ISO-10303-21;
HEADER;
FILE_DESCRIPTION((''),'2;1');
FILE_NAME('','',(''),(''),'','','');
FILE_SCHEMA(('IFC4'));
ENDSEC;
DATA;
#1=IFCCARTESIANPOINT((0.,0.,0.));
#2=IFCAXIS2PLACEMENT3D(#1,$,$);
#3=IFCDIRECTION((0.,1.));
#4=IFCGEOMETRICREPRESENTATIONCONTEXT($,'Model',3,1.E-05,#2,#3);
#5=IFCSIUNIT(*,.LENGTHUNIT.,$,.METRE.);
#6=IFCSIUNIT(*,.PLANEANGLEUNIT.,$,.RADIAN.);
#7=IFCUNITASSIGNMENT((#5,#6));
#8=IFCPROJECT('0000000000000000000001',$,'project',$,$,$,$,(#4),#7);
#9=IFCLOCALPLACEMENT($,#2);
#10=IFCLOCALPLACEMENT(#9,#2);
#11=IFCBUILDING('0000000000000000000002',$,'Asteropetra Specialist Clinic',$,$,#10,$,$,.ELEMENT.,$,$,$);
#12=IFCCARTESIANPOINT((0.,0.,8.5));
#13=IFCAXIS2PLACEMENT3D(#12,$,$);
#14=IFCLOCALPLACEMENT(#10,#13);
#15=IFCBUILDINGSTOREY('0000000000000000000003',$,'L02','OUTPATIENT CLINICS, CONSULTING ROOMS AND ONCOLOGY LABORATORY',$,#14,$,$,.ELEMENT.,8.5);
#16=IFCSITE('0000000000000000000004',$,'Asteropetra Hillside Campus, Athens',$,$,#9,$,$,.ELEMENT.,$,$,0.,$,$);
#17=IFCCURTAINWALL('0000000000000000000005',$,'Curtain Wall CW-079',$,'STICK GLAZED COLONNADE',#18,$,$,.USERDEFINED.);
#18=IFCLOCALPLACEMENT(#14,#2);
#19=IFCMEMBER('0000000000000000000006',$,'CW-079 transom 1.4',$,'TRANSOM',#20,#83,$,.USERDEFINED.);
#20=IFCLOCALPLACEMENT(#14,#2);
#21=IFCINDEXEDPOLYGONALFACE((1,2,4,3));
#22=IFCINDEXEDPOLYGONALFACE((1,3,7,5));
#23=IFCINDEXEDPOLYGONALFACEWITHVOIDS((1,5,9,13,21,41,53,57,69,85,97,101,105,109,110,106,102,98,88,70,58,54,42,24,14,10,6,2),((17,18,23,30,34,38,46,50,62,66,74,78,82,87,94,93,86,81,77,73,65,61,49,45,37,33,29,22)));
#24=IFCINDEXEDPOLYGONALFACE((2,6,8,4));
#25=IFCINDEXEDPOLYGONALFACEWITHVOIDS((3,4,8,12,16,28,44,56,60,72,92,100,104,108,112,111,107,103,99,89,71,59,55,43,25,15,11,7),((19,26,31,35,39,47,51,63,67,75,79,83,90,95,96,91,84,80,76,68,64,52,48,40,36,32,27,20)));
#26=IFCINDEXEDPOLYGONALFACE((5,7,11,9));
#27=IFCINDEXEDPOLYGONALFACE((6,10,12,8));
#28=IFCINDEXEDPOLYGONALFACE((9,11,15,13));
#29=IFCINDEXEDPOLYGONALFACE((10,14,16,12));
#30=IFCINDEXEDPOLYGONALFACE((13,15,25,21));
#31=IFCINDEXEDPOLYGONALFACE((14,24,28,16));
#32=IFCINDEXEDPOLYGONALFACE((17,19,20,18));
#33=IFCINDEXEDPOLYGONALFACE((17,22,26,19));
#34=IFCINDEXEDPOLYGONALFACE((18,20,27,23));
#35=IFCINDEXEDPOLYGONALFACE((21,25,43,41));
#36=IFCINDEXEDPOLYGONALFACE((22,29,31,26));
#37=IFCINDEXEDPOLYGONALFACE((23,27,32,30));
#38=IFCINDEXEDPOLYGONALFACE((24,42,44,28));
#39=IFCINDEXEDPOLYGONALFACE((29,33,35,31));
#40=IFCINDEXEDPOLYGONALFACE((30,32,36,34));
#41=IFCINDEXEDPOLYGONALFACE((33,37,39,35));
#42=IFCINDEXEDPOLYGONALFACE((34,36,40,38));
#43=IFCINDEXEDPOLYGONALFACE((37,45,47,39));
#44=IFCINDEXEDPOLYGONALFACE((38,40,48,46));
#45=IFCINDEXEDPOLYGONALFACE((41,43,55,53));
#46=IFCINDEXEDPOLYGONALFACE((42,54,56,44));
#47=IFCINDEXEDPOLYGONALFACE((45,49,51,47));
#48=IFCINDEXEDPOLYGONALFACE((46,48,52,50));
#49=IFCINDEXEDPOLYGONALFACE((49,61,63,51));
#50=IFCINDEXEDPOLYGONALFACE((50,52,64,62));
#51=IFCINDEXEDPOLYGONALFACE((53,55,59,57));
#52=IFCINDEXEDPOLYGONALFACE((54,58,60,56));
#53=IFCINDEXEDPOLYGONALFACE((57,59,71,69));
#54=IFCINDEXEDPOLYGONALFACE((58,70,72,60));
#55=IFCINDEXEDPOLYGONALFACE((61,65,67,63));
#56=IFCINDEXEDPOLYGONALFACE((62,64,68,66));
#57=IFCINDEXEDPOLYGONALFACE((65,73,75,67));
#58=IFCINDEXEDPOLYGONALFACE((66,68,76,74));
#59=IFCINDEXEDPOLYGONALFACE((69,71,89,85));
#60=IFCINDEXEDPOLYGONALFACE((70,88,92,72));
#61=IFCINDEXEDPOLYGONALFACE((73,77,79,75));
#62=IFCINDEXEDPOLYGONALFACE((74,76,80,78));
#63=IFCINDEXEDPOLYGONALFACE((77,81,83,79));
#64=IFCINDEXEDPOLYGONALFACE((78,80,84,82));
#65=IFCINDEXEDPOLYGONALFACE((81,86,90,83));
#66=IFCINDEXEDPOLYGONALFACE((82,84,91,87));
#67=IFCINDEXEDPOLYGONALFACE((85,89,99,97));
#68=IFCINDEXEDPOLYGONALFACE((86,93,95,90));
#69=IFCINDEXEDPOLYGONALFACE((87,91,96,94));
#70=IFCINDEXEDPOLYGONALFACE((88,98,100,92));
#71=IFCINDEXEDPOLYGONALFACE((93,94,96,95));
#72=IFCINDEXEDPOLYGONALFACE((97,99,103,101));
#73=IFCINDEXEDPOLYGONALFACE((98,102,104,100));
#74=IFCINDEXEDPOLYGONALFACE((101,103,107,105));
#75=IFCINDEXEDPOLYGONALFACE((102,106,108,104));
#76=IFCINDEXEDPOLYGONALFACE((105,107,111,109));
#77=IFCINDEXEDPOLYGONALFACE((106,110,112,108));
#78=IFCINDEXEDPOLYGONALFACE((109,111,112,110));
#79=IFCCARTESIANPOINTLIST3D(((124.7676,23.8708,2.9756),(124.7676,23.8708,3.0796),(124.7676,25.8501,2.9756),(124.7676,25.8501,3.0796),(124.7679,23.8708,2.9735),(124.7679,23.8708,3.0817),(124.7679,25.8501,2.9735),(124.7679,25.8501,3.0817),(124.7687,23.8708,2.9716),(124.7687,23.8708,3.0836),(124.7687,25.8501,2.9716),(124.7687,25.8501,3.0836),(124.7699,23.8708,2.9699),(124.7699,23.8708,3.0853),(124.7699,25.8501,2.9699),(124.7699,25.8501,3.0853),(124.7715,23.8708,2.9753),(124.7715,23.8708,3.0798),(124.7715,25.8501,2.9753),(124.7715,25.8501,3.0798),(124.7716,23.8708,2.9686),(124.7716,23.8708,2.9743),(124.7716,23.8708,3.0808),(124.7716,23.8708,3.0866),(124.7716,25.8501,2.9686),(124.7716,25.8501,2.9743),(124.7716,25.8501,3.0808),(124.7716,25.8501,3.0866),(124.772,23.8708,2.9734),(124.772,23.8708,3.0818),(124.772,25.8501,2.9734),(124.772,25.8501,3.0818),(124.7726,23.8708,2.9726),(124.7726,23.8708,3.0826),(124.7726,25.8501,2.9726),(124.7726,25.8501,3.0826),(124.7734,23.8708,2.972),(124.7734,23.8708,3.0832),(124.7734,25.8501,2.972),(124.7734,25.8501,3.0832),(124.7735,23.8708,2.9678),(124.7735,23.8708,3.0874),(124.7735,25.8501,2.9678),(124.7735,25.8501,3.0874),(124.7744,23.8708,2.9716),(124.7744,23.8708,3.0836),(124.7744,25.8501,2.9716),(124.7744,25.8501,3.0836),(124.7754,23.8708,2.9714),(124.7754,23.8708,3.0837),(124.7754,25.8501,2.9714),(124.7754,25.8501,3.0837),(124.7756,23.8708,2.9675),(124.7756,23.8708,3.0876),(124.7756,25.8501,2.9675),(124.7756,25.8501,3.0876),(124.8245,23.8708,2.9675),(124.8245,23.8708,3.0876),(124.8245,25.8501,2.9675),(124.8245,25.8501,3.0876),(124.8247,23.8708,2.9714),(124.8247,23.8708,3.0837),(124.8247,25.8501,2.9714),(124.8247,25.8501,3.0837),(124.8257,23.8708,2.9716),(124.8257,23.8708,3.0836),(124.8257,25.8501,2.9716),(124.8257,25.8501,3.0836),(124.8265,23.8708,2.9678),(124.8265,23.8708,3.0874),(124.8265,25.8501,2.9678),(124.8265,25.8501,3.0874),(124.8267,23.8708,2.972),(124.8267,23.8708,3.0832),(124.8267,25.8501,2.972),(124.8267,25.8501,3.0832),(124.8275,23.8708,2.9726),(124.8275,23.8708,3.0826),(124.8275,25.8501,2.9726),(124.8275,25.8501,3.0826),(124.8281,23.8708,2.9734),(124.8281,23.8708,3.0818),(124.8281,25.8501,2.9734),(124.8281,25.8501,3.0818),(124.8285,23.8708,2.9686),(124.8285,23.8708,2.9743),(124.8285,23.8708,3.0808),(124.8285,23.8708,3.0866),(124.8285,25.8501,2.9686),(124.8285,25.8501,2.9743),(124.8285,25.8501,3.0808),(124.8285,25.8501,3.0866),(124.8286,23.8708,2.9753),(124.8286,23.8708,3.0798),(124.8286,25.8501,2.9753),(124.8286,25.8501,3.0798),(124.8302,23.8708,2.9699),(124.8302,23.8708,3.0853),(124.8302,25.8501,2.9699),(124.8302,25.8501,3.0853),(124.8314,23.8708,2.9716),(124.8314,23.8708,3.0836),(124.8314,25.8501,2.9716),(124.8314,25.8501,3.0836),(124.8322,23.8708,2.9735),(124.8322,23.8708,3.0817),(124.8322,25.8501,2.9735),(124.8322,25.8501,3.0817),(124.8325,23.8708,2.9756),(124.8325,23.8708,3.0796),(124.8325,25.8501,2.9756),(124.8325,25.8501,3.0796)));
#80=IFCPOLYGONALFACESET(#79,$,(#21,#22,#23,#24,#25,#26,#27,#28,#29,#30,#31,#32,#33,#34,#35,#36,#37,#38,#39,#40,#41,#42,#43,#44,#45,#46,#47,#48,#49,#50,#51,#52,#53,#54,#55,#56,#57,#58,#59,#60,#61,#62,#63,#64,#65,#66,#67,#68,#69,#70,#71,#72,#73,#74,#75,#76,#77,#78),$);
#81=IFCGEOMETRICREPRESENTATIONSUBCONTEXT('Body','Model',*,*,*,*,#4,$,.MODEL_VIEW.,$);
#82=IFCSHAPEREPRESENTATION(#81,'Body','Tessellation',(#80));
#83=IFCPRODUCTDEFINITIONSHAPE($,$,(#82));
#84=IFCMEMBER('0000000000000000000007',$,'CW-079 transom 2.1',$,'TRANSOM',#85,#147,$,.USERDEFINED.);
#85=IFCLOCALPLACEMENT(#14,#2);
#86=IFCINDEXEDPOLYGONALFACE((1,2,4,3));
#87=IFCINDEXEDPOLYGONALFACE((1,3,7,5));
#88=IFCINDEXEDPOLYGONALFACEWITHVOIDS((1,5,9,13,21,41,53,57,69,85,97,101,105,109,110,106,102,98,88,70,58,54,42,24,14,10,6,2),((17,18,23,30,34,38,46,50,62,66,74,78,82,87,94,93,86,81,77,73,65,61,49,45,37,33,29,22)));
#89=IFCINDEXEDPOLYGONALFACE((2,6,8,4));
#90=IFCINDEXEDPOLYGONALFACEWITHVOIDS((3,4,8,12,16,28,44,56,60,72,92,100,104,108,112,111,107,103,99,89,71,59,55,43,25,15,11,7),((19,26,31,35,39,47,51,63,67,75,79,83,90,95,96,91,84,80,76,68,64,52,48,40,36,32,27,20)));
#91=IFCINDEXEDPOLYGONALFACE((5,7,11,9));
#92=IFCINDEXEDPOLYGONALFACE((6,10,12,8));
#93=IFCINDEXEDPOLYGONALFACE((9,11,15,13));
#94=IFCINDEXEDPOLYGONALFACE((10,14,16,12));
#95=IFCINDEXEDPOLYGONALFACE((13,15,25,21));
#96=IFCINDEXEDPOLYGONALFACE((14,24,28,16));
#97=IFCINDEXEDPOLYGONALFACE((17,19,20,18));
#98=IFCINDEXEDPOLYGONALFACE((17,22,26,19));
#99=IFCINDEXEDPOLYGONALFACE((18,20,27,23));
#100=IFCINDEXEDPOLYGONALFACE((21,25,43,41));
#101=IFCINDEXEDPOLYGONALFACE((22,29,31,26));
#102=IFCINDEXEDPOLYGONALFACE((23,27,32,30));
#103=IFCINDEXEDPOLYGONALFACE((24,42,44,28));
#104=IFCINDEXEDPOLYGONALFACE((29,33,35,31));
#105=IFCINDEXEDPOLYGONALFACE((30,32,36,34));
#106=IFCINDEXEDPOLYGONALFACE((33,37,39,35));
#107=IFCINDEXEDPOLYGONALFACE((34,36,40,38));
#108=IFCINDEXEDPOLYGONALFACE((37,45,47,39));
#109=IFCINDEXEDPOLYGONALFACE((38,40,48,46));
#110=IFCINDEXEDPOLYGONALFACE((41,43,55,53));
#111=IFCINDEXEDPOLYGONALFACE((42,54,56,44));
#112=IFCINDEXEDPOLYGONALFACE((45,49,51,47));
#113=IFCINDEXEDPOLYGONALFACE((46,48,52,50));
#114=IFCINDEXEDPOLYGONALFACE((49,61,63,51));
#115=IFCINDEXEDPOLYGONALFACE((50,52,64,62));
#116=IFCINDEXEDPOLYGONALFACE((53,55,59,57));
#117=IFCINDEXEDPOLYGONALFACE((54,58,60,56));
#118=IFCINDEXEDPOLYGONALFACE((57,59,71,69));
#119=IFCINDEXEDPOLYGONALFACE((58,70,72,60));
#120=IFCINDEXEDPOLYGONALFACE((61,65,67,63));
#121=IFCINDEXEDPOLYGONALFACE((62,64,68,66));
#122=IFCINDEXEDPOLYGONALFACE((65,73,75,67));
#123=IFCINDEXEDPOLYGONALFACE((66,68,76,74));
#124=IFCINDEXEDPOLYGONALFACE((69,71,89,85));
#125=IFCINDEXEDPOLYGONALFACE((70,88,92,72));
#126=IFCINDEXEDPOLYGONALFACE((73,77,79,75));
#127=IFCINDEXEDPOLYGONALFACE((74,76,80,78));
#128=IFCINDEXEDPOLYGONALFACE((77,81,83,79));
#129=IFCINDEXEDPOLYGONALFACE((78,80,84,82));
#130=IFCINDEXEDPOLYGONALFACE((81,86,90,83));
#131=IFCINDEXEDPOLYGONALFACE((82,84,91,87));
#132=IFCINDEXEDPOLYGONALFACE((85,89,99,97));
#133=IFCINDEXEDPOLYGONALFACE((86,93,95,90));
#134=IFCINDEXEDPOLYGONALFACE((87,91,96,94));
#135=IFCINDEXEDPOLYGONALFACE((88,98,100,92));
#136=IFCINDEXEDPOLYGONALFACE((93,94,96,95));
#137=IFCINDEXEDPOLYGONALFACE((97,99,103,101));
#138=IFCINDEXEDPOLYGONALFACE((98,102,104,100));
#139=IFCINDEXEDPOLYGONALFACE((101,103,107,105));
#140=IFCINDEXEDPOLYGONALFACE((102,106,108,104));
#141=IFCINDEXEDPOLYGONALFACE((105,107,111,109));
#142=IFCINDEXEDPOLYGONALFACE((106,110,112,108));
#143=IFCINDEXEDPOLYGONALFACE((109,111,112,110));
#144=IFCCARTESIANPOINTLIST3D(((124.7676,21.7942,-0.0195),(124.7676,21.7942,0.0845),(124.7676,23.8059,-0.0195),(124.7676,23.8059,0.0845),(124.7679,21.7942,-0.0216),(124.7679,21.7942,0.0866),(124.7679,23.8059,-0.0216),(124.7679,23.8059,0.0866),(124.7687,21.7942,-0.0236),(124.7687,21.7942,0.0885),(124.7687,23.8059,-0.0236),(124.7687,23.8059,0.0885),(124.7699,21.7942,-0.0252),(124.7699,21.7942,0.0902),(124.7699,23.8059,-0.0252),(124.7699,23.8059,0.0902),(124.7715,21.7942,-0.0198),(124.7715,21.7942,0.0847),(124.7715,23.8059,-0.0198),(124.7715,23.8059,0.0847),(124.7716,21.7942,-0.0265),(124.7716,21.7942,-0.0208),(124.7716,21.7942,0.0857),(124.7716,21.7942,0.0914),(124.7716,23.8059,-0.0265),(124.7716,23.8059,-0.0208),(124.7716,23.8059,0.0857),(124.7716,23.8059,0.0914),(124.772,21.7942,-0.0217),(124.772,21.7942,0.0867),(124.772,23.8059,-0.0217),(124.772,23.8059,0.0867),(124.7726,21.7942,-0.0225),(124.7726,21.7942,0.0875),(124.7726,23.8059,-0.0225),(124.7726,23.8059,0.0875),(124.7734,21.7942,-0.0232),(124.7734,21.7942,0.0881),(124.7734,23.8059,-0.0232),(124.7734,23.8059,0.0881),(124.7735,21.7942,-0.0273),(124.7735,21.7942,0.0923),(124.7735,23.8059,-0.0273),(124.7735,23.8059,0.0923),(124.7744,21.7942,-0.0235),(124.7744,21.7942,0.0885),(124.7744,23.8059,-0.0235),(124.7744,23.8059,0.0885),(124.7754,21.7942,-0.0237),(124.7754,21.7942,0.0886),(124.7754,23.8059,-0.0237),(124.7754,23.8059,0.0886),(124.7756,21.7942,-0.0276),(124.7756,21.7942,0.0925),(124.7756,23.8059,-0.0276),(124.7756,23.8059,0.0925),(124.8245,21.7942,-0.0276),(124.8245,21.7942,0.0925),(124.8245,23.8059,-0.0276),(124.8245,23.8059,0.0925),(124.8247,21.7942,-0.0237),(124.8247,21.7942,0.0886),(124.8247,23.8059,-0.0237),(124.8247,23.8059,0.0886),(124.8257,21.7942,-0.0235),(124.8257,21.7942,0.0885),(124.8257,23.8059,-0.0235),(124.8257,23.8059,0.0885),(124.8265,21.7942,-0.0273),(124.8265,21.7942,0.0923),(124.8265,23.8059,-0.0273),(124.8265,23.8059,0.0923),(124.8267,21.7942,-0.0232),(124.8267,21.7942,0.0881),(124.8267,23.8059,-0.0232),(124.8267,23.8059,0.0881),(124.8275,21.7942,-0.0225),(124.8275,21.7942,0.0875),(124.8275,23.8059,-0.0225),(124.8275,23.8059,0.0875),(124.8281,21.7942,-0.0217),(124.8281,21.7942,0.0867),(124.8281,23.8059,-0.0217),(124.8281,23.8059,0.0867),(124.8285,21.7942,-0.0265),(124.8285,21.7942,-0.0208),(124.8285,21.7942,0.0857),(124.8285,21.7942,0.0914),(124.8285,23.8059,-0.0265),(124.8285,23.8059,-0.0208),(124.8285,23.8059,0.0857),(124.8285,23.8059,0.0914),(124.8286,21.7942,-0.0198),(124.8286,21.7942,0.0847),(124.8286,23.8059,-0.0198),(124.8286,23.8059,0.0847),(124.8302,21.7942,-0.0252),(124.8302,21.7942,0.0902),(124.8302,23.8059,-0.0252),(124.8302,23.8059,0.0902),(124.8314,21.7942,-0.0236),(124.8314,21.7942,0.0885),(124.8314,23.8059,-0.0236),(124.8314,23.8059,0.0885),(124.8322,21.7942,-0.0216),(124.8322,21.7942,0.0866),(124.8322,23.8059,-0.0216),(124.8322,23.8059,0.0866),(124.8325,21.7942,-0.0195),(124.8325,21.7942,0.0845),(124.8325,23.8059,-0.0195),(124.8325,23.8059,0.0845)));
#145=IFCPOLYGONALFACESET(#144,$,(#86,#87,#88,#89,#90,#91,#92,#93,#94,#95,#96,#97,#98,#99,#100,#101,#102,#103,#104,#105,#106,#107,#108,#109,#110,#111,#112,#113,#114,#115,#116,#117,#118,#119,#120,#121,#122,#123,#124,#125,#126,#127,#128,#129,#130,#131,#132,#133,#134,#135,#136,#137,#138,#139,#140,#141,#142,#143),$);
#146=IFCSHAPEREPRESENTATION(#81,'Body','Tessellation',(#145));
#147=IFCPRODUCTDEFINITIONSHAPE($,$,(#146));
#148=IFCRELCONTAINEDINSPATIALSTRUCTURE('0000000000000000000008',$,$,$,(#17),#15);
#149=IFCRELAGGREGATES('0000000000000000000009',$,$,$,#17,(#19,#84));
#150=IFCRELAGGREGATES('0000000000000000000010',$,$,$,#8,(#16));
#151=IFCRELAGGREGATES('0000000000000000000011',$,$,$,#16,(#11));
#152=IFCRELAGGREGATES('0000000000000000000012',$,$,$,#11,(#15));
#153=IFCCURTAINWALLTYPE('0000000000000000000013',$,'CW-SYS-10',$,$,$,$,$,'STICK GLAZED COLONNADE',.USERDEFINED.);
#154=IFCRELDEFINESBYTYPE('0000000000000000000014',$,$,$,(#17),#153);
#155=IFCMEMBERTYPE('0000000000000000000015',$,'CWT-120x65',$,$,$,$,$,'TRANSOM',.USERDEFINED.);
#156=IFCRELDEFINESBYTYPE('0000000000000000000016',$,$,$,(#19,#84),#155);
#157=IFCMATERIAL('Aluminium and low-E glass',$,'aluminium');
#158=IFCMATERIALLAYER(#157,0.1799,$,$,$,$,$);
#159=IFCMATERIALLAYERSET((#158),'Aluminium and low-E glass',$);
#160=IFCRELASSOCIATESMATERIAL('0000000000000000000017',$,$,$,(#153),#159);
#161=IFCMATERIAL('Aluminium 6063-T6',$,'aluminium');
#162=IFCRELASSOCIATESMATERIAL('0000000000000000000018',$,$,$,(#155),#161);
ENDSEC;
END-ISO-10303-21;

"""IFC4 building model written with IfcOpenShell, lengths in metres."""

from ifc_helpers import new_model, si_unit, direction, frame, origin, origin_2d, place, context, subcontext, project, spatial, hollow_rectangle, extrude, material, layer, layer_set, material_profile, profile_set, type_object, element, aggregate, save


model = new_model("IFC4")

# Units and contexts
model_context = context("Model", 3, precision=1e-05, world=origin(), true_north=direction((0.0, 1.0)))
body_context = subcontext(model_context, "Body", "Model", "MODEL_VIEW")
ifc_project = project(units=[si_unit("LENGTHUNIT", "METRE"), si_unit("PLANEANGLEUNIT", "RADIAN")], contexts=[model_context])

# Site, building, storey
site_placement = place(None, origin())
site = spatial("IfcSite", under=ifc_project, at=site_placement, Name="Asteropetra Hillside Campus, Athens", CompositionType="ELEMENT", RefElevation=0.0)
building_placement = place(site_placement, origin())
building = spatial("IfcBuilding", under=site, at=building_placement, Name="Asteropetra Specialist Clinic", CompositionType="ELEMENT")
storey_placement = place(building_placement, frame((0.0, 0.0, 8.5)))
storey = spatial("IfcBuildingStorey", under=building, at=storey_placement, Name="L02", Description="OUTPATIENT CLINICS, CONSULTING ROOMS AND ONCOLOGY LABORATORY", CompositionType="ELEMENT", Elevation=8.5)

# Curtain wall
ifc_material_1 = material(Name="Aluminium and low-E glass", Category="aluminium")
ifc_layer_1 = layer(ifc_material_1, 0.1799)
ifc_layer_set_1 = layer_set([ifc_layer_1], Name="Aluminium and low-E glass")
curtain_wall_type_1 = type_object("IfcCurtainWallType", Name="CW-SYS-10", ElementType="STICK GLAZED COLONNADE", PredefinedType="USERDEFINED", material=ifc_layer_set_1)
curtain_wall_1_placement = place(storey_placement, origin())
curtain_wall_1 = element("IfcCurtainWall", 1, at=curtain_wall_1_placement, inside=storey, type_object=curtain_wall_type_1, Name="Curtain Wall CW-079", ObjectType="STICK GLAZED COLONNADE", PredefinedType="USERDEFINED")

# Members
ifc_material_2 = material(Name="Aluminium 6063-T6", Category="aluminium")
ifc_material_profile_1 = material_profile(ifc_material_2, hollow_rectangle(XDim=0.0649, YDim=0.1201, WallThickness=0.0039, InnerFilletRadius=0.0039, OuterFilletRadius=0.0081, at=origin_2d()), Name="TRN 120x65x4.0")
ifc_profile_set_1 = profile_set([ifc_material_profile_1], Name="Aluminium 6063-T6")
member_type_1 = type_object("IfcMemberType", Name="CWT-120x65", ElementType="TRANSOM", PredefinedType="USERDEFINED", material=ifc_profile_set_1)
member_1_placement = place(storey_placement, frame((124.8, 25.8501, 3.0276), z_axis=(0.0, -1.0, 0.0), x_axis=(1.0, 0.0, 0.0)))
member_1 = element("IfcMember", 2, at=member_1_placement, type_object=member_type_1, Name="CW-079 transom 1.4", ObjectType="TRANSOM", PredefinedType="USERDEFINED", context=body_context, shape_type="SweptSolid", body=[
    extrude(hollow_rectangle(XDim=0.0649, YDim=0.1201, WallThickness=0.0039, InnerFilletRadius=0.0039, OuterFilletRadius=0.0081, at=origin_2d()), origin(), (0.0, 0.0, 1.0), 1.9792),
])
member_2_placement = place(storey_placement, frame((124.8, 23.8059, 0.0325), z_axis=(0.0, -1.0, 0.0), x_axis=(1.0, 0.0, 0.0)))
member_2 = element("IfcMember", 3, at=member_2_placement, type_object=member_type_1, Name="CW-079 transom 2.1", ObjectType="TRANSOM", PredefinedType="USERDEFINED", context=body_context, shape_type="SweptSolid", body=[
    extrude(hollow_rectangle(XDim=0.0649, YDim=0.1201, WallThickness=0.0039, InnerFilletRadius=0.0039, OuterFilletRadius=0.0081, at=origin_2d()), origin(), (0.0, 0.0, 1.0), 2.0117),
])

aggregate(curtain_wall_1, [member_1, member_2])

save(model, "model.ifc")
